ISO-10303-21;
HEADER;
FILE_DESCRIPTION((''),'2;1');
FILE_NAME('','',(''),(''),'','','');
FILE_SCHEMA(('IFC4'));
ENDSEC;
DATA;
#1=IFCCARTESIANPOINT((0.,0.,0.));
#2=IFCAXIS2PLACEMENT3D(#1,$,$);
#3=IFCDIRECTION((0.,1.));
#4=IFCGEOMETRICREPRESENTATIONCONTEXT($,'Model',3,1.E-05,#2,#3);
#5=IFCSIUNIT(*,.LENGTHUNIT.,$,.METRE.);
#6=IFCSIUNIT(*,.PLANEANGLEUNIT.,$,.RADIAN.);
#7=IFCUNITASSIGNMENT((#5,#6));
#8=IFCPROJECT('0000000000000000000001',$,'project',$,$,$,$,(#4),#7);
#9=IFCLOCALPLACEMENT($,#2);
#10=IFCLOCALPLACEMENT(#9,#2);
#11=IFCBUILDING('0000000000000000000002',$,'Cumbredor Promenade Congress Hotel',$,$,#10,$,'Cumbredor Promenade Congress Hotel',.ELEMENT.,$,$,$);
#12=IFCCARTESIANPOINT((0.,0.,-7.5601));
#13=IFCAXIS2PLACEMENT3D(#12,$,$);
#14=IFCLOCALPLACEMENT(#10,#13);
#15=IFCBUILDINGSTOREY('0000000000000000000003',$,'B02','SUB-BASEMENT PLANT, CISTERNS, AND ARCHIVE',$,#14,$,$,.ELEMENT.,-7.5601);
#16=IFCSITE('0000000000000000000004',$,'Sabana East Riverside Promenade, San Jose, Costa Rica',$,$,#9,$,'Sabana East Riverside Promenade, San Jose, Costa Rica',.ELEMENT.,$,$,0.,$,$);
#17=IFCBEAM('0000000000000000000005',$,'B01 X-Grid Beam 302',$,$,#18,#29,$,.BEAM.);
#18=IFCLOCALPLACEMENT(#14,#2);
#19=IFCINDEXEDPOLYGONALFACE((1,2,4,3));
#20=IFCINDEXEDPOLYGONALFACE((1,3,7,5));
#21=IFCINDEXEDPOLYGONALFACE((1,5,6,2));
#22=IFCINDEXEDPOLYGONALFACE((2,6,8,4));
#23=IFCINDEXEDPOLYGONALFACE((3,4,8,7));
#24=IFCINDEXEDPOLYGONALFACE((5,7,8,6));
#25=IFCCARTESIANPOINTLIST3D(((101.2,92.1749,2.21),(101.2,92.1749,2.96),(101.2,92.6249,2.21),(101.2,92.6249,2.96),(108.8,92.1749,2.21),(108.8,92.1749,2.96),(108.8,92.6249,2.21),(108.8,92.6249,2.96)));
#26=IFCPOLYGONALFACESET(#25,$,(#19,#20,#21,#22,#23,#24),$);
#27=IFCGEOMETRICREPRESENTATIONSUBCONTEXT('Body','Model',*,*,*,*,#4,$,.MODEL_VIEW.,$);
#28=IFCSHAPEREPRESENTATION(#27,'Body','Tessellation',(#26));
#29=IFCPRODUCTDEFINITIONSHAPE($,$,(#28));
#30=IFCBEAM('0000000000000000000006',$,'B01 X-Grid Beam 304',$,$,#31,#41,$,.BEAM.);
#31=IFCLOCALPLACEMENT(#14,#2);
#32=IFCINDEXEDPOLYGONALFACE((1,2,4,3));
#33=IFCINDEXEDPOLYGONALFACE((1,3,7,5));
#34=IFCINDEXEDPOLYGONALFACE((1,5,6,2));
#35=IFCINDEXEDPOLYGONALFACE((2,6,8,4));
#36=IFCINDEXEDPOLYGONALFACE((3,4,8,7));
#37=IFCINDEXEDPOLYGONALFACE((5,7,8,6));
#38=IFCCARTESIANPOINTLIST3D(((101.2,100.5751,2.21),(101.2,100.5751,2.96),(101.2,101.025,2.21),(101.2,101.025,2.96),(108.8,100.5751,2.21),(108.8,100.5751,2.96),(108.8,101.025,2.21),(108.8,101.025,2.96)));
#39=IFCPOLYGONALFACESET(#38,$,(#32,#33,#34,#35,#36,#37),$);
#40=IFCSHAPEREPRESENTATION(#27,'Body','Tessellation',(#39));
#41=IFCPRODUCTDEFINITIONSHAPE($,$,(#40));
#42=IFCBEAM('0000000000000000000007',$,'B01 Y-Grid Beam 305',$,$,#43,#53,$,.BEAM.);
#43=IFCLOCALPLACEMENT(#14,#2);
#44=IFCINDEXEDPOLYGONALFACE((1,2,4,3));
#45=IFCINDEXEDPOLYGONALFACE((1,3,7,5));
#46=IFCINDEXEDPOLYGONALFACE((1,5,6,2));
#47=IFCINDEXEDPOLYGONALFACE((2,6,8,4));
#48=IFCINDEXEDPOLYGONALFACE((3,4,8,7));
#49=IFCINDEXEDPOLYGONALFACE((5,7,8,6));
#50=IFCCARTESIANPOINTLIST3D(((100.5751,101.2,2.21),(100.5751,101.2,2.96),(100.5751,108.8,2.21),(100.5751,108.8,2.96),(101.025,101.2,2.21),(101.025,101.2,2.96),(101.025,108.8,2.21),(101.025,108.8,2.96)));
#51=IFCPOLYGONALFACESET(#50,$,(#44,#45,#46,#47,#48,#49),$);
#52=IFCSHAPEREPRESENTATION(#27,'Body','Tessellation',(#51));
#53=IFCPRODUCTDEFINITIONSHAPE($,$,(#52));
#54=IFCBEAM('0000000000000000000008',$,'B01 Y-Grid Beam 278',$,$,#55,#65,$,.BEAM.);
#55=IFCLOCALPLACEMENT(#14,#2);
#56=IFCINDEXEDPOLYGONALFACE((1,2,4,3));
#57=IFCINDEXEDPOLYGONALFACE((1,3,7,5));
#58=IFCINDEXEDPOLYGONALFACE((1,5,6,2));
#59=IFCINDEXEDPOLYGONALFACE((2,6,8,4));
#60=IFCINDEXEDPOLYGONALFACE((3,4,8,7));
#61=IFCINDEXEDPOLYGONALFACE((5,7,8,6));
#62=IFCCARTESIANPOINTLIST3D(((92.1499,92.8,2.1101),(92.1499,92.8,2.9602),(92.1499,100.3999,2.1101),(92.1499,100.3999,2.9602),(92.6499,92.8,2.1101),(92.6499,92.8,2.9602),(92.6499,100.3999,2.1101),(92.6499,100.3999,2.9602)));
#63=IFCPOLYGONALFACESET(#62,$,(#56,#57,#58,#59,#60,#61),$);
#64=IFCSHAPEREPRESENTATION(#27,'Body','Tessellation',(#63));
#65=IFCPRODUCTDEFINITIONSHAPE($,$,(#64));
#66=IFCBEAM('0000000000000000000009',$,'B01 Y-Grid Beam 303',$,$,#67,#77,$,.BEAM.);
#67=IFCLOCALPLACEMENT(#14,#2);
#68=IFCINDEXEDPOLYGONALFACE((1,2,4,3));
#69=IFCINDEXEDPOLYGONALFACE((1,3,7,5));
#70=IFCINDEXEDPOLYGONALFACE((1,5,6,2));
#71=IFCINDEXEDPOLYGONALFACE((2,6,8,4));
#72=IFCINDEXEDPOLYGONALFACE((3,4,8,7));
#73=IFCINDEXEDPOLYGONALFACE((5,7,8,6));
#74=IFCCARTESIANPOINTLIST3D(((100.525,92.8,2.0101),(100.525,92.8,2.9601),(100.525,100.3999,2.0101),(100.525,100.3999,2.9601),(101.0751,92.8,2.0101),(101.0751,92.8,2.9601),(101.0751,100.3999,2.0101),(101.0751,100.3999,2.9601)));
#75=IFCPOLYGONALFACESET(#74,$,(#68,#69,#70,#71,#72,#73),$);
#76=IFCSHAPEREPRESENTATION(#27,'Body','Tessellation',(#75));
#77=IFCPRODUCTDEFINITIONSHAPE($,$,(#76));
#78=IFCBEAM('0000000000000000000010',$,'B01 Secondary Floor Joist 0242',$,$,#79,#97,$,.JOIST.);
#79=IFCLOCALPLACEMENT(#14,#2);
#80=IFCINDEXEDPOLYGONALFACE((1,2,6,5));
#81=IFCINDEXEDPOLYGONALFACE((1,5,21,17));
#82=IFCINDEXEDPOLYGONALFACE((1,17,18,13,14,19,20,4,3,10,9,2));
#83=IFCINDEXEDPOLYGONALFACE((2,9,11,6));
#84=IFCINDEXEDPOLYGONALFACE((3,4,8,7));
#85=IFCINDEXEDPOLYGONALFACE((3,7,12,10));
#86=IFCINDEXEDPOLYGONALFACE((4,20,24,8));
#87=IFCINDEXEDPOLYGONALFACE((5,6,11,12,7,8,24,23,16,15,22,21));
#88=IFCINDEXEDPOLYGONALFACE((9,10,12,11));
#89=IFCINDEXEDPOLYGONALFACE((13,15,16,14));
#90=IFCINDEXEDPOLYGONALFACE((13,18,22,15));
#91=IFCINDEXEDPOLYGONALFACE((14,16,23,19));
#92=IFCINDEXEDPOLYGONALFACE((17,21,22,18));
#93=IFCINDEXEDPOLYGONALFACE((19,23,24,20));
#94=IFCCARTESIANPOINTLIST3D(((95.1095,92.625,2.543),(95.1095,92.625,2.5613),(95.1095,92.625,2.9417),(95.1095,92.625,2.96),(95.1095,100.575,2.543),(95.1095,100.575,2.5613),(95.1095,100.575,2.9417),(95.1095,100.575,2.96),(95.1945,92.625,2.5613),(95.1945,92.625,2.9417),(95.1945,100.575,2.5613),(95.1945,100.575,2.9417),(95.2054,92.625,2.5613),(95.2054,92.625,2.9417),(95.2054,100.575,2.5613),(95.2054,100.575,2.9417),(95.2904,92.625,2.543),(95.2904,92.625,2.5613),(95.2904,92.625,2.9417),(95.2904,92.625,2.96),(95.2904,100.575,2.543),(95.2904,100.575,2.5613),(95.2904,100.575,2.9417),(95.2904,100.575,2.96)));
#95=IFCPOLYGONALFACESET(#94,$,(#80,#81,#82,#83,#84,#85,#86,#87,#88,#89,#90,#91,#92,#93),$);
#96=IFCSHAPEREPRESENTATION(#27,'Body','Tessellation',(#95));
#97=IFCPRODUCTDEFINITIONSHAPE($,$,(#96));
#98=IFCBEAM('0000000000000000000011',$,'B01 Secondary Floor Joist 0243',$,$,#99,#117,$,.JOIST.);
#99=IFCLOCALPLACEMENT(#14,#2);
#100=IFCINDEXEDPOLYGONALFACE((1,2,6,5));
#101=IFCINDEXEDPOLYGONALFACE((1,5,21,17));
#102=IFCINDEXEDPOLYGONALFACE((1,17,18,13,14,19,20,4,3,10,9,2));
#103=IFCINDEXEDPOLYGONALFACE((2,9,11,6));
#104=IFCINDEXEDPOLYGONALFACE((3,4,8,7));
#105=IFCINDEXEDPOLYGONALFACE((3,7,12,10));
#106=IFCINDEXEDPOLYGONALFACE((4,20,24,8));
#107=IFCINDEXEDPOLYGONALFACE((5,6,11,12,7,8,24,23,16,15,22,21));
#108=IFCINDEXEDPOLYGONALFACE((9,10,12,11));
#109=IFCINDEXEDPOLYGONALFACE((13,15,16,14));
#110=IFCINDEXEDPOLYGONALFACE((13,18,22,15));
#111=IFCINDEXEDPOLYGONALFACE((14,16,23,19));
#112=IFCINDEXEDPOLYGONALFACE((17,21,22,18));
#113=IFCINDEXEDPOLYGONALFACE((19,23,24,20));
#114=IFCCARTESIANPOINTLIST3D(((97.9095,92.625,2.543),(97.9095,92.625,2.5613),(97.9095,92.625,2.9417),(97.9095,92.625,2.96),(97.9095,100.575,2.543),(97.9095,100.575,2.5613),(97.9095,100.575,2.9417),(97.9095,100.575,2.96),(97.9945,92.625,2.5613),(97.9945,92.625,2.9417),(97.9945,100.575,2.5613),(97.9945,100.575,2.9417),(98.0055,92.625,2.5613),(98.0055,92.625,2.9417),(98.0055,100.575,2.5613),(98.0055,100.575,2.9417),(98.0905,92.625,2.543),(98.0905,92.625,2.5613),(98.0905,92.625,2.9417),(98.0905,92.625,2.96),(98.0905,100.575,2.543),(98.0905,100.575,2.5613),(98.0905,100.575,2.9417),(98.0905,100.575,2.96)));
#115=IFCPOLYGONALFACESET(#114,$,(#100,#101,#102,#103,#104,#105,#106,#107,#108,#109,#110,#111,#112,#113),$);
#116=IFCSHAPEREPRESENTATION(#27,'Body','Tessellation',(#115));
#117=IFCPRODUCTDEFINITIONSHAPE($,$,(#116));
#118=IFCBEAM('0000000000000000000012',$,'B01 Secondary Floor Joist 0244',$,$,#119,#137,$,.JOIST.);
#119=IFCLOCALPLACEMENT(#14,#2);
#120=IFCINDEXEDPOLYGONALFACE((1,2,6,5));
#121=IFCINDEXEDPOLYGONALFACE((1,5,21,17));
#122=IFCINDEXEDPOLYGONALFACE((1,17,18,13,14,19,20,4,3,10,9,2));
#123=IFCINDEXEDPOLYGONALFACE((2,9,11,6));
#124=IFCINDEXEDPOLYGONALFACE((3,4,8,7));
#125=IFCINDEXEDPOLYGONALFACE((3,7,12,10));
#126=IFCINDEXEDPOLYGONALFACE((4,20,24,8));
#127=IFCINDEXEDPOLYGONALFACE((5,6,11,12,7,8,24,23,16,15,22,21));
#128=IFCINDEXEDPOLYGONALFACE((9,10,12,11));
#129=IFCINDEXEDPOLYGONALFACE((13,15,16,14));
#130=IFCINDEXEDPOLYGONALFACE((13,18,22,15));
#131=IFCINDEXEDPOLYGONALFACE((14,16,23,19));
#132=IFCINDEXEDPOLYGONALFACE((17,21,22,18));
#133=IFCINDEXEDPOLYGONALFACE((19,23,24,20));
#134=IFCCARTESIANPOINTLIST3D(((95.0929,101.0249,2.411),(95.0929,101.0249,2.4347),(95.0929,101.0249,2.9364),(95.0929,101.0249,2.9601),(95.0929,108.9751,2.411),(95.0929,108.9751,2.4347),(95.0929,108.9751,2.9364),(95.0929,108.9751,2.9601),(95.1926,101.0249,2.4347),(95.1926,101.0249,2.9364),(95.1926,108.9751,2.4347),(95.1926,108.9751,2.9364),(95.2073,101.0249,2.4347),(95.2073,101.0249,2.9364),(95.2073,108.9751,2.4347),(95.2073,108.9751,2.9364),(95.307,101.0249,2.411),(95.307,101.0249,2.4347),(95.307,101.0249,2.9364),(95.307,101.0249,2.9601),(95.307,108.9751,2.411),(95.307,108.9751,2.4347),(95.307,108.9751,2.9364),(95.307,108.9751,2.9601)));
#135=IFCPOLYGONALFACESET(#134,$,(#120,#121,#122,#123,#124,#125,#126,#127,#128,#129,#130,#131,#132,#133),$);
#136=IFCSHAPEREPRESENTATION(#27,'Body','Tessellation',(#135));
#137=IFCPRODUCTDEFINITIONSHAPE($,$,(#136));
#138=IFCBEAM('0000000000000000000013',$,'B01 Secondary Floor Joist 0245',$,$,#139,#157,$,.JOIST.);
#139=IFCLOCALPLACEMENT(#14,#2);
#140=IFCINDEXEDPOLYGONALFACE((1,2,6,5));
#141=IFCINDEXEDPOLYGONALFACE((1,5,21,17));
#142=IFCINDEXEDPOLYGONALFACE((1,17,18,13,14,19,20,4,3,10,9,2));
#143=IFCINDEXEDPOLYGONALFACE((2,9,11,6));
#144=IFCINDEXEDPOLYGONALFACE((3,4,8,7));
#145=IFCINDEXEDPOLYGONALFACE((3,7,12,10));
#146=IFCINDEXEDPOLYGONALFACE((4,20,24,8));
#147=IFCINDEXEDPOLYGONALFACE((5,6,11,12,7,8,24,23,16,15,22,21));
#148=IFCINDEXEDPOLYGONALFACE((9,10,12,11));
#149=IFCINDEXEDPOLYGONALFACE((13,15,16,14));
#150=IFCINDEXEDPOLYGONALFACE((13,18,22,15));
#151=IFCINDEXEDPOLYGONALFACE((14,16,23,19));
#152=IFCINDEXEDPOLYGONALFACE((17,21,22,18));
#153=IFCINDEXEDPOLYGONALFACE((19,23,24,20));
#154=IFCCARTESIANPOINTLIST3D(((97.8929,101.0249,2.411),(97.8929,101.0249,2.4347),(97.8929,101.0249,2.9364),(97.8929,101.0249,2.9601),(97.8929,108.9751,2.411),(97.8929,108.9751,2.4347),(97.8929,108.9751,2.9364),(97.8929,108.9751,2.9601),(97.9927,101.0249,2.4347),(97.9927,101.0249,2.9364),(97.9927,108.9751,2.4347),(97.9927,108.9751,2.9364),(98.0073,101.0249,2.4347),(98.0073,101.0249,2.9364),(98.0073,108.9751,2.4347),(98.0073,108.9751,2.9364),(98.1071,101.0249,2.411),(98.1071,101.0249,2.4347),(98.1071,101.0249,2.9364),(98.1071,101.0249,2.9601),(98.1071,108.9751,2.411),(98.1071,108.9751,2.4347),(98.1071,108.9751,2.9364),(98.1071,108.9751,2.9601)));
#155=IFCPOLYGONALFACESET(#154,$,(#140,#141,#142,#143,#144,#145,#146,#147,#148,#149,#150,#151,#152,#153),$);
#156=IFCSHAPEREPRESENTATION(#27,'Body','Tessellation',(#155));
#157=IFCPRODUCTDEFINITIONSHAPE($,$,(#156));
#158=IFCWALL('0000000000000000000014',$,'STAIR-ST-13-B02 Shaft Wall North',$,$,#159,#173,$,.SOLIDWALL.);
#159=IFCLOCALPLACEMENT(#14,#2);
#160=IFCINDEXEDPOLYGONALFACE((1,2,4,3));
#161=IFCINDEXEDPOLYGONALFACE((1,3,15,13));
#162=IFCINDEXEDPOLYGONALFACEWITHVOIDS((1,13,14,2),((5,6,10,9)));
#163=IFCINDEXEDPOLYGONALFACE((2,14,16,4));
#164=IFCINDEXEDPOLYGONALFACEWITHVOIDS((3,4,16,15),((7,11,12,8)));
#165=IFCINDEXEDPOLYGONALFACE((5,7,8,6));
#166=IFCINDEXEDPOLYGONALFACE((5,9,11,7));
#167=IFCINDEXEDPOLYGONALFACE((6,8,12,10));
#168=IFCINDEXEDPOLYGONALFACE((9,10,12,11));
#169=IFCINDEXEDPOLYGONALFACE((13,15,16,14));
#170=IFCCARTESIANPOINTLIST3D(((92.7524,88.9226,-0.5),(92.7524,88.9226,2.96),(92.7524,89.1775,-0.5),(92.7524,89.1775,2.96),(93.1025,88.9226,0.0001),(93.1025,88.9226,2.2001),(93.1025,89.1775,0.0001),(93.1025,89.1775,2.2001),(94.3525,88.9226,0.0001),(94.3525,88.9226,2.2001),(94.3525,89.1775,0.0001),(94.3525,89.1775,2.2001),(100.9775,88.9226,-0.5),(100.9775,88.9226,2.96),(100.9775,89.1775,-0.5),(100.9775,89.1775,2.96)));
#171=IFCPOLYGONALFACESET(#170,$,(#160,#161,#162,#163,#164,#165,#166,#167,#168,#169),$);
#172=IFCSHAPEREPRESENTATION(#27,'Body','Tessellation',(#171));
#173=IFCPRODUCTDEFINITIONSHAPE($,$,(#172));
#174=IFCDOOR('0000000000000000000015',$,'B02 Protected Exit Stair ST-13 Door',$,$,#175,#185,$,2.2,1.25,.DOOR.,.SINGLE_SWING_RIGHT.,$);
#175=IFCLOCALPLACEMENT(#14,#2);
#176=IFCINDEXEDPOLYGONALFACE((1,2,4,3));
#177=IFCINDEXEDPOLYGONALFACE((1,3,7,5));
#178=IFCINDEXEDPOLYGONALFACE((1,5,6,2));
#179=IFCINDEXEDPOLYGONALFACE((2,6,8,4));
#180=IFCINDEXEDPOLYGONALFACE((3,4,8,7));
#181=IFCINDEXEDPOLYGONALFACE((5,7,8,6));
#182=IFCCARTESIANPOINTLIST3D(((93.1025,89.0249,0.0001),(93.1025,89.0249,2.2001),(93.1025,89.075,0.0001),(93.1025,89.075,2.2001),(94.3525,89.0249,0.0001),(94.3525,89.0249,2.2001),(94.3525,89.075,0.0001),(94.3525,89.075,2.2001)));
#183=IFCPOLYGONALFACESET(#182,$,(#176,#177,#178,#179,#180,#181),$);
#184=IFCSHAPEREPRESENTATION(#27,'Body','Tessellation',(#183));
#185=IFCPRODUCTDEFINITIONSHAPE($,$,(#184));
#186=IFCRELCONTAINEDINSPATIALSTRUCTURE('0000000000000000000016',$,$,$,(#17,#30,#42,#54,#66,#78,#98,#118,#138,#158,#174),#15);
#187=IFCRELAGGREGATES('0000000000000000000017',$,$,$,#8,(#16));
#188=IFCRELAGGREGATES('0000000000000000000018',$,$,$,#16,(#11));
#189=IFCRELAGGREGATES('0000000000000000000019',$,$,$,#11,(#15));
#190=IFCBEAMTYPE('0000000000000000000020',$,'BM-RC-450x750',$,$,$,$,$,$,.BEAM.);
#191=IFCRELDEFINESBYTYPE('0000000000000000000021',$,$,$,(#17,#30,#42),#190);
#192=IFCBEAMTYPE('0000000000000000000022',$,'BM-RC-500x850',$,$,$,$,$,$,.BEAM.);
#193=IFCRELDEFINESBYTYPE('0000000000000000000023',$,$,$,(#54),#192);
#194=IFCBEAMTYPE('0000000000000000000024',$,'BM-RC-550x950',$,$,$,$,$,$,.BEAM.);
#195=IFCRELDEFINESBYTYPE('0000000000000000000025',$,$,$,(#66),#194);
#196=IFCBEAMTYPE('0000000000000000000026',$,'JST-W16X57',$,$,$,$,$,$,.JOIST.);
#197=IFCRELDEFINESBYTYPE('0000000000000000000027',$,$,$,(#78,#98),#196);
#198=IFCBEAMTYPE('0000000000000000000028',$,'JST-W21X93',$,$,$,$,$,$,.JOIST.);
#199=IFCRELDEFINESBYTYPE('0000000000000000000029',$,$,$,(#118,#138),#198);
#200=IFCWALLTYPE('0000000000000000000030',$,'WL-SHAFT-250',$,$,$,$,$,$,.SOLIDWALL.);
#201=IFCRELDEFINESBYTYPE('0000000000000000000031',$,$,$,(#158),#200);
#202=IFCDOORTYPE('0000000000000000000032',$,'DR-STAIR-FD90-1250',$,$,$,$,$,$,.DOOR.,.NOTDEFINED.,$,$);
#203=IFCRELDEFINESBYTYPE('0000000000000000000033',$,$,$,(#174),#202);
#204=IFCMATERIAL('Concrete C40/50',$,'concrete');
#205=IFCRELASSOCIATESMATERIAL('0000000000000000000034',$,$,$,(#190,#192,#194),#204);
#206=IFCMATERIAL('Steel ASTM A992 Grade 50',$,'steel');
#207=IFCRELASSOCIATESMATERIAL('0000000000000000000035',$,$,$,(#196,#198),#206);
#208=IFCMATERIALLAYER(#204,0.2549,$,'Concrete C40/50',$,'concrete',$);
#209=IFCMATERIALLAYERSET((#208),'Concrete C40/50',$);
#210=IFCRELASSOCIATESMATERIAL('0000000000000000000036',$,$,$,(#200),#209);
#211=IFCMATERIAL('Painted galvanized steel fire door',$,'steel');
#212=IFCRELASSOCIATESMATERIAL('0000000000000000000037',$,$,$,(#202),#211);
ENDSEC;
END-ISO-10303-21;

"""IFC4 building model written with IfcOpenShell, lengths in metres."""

from ifc_helpers import new_model, si_unit, direction, frame, frame_2d, origin, origin_2d, place, context, subcontext, project, spatial, rectangle, i_section, extrude, material, layer, layer_set, material_profile, profile_set, type_object, element, fill, save


model = new_model("IFC4")

# Units and contexts
model_context = context("Model", 3, precision=1e-05, world=origin(), true_north=direction((0.0, 1.0)))
body_context = subcontext(model_context, "Body", "Model", "MODEL_VIEW")
ifc_project = project(units=[si_unit("LENGTHUNIT", "METRE"), si_unit("PLANEANGLEUNIT", "RADIAN")], contexts=[model_context])

# Site, building, storey
site_placement = place(None, origin())
site = spatial("IfcSite", under=ifc_project, at=site_placement, Name="Sabana East Riverside Promenade, San Jose, Costa Rica", LongName="Sabana East Riverside Promenade, San Jose, Costa Rica", CompositionType="ELEMENT", RefElevation=0.0)
building_placement = place(site_placement, origin())
building = spatial("IfcBuilding", under=site, at=building_placement, Name="Cumbredor Promenade Congress Hotel", LongName="Cumbredor Promenade Congress Hotel", CompositionType="ELEMENT")
storey_placement = place(building_placement, frame((0.0, 0.0, -7.5601)))
storey = spatial("IfcBuildingStorey", under=building, at=storey_placement, Name="B02", Description="SUB-BASEMENT PLANT, CISTERNS, AND ARCHIVE", CompositionType="ELEMENT", Elevation=-7.5601)

# Shared definitions
ifc_material_1 = material(Name="Concrete C40/50", Category="concrete")

# Beams
ifc_material_profile_1 = material_profile(ifc_material_1, rectangle(XDim=0.45, YDim=0.75, at=origin_2d()), Name="RC BEAM 450x750")
ifc_profile_set_1 = profile_set([ifc_material_profile_1], Name="Concrete C40/50")
beam_type_1 = type_object("IfcBeamType", Name="BM-RC-450x750", PredefinedType="BEAM", material=ifc_profile_set_1)
for number, where, z_axis, x_axis, name in (
    (1, (101.2, 92.3999, 2.585), (1.0, 0.0, 0.0), (0.0, 1.0, 0.0), "B01 X-Grid Beam 302"),
    (2, (101.2, 100.8, 2.585), (1.0, 0.0, 0.0), (0.0, 1.0, 0.0), "B01 X-Grid Beam 304"),
    (3, (100.8, 101.2, 2.585), (0.0, 1.0, 0.0), (-1.0, 0.0, 0.0), "B01 Y-Grid Beam 305"),
):
    element("IfcBeam", number, at=place(storey_placement, frame(where, z_axis=z_axis, x_axis=x_axis)), inside=storey, type_object=beam_type_1, Name=name, PredefinedType="BEAM", context=body_context, shape_type="SweptSolid", body=[
        extrude(rectangle(XDim=0.45, YDim=0.75, at=origin_2d()), origin(), (0.0, 0.0, 1.0), 7.6001),
    ])
ifc_material_profile_2 = material_profile(ifc_material_1, rectangle(XDim=0.5, YDim=0.8501, at=origin_2d()), Name="RC BEAM 500x850")
ifc_profile_set_2 = profile_set([ifc_material_profile_2], Name="Concrete C40/50")
beam_type_2 = type_object("IfcBeamType", Name="BM-RC-500x850", PredefinedType="BEAM", material=ifc_profile_set_2)
beam_1_placement = place(storey_placement, frame((92.3999, 92.8, 2.5352), z_axis=(0.0, 1.0, 0.0), x_axis=(-1.0, 0.0, 0.0)))
element("IfcBeam", 4, at=beam_1_placement, inside=storey, type_object=beam_type_2, Name="B01 Y-Grid Beam 278", PredefinedType="BEAM", context=body_context, shape_type="SweptSolid", body=[
    extrude(rectangle(XDim=0.5, YDim=0.8501, at=origin_2d()), origin(), (0.0, 0.0, 1.0), 7.5999),
])
ifc_material_profile_3 = material_profile(ifc_material_1, rectangle(XDim=0.55, YDim=0.95, at=origin_2d()), Name="RC BEAM 550x950")
ifc_profile_set_3 = profile_set([ifc_material_profile_3], Name="Concrete C40/50")
beam_type_3 = type_object("IfcBeamType", Name="BM-RC-550x950", PredefinedType="BEAM", material=ifc_profile_set_3)
beam_2_placement = place(storey_placement, frame((100.8, 92.8, 2.4851), z_axis=(0.0, 1.0, 0.0), x_axis=(-1.0, 0.0, 0.0)))
element("IfcBeam", 5, at=beam_2_placement, inside=storey, type_object=beam_type_3, Name="B01 Y-Grid Beam 303", PredefinedType="BEAM", context=body_context, shape_type="SweptSolid", body=[
    extrude(rectangle(XDim=0.55, YDim=0.95, at=origin_2d()), origin(), (0.0, 0.0, 1.0), 7.5999),
])
ifc_material_2 = material(Name="Steel ASTM A992 Grade 50", Category="steel")
ifc_material_profile_4 = material_profile(ifc_material_2, i_section(OverallWidth=0.1809, OverallDepth=0.417, WebThickness=0.011, FlangeThickness=0.0183, at=origin_2d()), Name="W16X57")
ifc_profile_set_4 = profile_set([ifc_material_profile_4], Name="Steel ASTM A992 Grade 50")
beam_type_4 = type_object("IfcBeamType", Name="JST-W16X57", PredefinedType="JOIST", material=ifc_profile_set_4)
for number, where, z_axis, x_axis, name in (
    (6, (95.2, 92.625, 2.7515), (0.0, 1.0, 0.0), (-1.0, 0.0, 0.0), "B01 Secondary Floor Joist 0242"),
    (7, (98.0, 92.625, 2.7515), (0.0, 1.0, 0.0), (-1.0, 0.0, 0.0), "B01 Secondary Floor Joist 0243"),
):
    element("IfcBeam", number, at=place(storey_placement, frame(where, z_axis=z_axis, x_axis=x_axis)), inside=storey, type_object=beam_type_4, Name=name, PredefinedType="JOIST", context=body_context, shape_type="SweptSolid", body=[
        extrude(i_section(OverallWidth=0.1809, OverallDepth=0.417, WebThickness=0.011, FlangeThickness=0.0183, at=origin_2d()), origin(), (0.0, 0.0, 1.0), 7.95),
    ])
ifc_material_profile_5 = material_profile(ifc_material_2, i_section(OverallWidth=0.2141, OverallDepth=0.5491, WebThickness=0.0146, FlangeThickness=0.0237, at=origin_2d()), Name="W21X93")
ifc_profile_set_5 = profile_set([ifc_material_profile_5], Name="Steel ASTM A992 Grade 50")
beam_type_5 = type_object("IfcBeamType", Name="JST-W21X93", PredefinedType="JOIST", material=ifc_profile_set_5)
for number, where, z_axis, x_axis, name in (
    (8, (95.2, 101.0249, 2.6855), (0.0, 1.0, 0.0), (-1.0, 0.0, 0.0), "B01 Secondary Floor Joist 0244"),
    (9, (98.0, 101.0249, 2.6855), (0.0, 1.0, 0.0), (-1.0, 0.0, 0.0), "B01 Secondary Floor Joist 0245"),
):
    element("IfcBeam", number, at=place(storey_placement, frame(where, z_axis=z_axis, x_axis=x_axis)), inside=storey, type_object=beam_type_5, Name=name, PredefinedType="JOIST", context=body_context, shape_type="SweptSolid", body=[
        extrude(i_section(OverallWidth=0.2141, OverallDepth=0.5491, WebThickness=0.0146, FlangeThickness=0.0237, at=origin_2d()), origin(), (0.0, 0.0, 1.0), 7.9502),
    ])

# Wall, opening, door
ifc_layer = layer(ifc_material_1, 0.2549, Name="Concrete C40/50", Category="concrete")
ifc_layer_set = layer_set([ifc_layer], Name="Concrete C40/50")
wall_type = type_object("IfcWallType", Name="WL-SHAFT-250", PredefinedType="SOLIDWALL", material=ifc_layer_set)
wall_placement = place(storey_placement, frame((92.7524, 89.05, -0.5), z_axis=(0.0, 0.0, 1.0), x_axis=(1.0, 0.0, 0.0)))
wall = element("IfcWall", 10, at=wall_placement, inside=storey, type_object=wall_type, Name="STAIR-ST-13-B02 Shaft Wall North", PredefinedType="SOLIDWALL", context=body_context, shape_type="SweptSolid", body=[
    extrude(rectangle(XDim=8.2251, YDim=0.2549, at=frame_2d((4.1125, 0.0))), origin(), (0.0, 0.0, 1.0), 3.46),
])
opening_placement = place(wall_placement, frame((0.3501, 0.0, 0.5)))
opening = element("IfcOpeningElement", 11, at=opening_placement, cuts=wall, PredefinedType="OPENING", context=body_context, shape_type="SweptSolid", body=[
    extrude(rectangle(XDim=1.25, YDim=2.2, at=frame_2d((0.625, 1.1001))), frame((0.0, 0.1375, 0.0), z_axis=(0.0, -1.0, 0.0), x_axis=(1.0, 0.0, 0.0)), (0.0, 0.0, 1.0), 0.2749),
])
ifc_material_3 = material(Name="Painted galvanized steel fire door", Category="steel")
door_type = type_object("IfcDoorType", Name="DR-STAIR-FD90-1250", OperationType="NOTDEFINED", PredefinedType="DOOR", material=ifc_material_3)
door_placement = place(opening_placement, origin())
door = element("IfcDoor", 12, at=door_placement, inside=storey, type_object=door_type, Name="B02 Protected Exit Stair ST-13 Door", OperationType="SINGLE_SWING_RIGHT", OverallHeight=2.2, OverallWidth=1.25, PredefinedType="DOOR", context=body_context, shape_type="SweptSolid", body=[
    extrude(rectangle(XDim=1.25, YDim=2.2, at=frame_2d((0.625, 1.1001))), frame((0.0, 0.0249, 0.0), z_axis=(0.0, -1.0, 0.0), x_axis=(1.0, 0.0, 0.0)), (0.0, 0.0, 1.0), 0.05),
])
fill(opening, door)

save(model, "model.ifc")
